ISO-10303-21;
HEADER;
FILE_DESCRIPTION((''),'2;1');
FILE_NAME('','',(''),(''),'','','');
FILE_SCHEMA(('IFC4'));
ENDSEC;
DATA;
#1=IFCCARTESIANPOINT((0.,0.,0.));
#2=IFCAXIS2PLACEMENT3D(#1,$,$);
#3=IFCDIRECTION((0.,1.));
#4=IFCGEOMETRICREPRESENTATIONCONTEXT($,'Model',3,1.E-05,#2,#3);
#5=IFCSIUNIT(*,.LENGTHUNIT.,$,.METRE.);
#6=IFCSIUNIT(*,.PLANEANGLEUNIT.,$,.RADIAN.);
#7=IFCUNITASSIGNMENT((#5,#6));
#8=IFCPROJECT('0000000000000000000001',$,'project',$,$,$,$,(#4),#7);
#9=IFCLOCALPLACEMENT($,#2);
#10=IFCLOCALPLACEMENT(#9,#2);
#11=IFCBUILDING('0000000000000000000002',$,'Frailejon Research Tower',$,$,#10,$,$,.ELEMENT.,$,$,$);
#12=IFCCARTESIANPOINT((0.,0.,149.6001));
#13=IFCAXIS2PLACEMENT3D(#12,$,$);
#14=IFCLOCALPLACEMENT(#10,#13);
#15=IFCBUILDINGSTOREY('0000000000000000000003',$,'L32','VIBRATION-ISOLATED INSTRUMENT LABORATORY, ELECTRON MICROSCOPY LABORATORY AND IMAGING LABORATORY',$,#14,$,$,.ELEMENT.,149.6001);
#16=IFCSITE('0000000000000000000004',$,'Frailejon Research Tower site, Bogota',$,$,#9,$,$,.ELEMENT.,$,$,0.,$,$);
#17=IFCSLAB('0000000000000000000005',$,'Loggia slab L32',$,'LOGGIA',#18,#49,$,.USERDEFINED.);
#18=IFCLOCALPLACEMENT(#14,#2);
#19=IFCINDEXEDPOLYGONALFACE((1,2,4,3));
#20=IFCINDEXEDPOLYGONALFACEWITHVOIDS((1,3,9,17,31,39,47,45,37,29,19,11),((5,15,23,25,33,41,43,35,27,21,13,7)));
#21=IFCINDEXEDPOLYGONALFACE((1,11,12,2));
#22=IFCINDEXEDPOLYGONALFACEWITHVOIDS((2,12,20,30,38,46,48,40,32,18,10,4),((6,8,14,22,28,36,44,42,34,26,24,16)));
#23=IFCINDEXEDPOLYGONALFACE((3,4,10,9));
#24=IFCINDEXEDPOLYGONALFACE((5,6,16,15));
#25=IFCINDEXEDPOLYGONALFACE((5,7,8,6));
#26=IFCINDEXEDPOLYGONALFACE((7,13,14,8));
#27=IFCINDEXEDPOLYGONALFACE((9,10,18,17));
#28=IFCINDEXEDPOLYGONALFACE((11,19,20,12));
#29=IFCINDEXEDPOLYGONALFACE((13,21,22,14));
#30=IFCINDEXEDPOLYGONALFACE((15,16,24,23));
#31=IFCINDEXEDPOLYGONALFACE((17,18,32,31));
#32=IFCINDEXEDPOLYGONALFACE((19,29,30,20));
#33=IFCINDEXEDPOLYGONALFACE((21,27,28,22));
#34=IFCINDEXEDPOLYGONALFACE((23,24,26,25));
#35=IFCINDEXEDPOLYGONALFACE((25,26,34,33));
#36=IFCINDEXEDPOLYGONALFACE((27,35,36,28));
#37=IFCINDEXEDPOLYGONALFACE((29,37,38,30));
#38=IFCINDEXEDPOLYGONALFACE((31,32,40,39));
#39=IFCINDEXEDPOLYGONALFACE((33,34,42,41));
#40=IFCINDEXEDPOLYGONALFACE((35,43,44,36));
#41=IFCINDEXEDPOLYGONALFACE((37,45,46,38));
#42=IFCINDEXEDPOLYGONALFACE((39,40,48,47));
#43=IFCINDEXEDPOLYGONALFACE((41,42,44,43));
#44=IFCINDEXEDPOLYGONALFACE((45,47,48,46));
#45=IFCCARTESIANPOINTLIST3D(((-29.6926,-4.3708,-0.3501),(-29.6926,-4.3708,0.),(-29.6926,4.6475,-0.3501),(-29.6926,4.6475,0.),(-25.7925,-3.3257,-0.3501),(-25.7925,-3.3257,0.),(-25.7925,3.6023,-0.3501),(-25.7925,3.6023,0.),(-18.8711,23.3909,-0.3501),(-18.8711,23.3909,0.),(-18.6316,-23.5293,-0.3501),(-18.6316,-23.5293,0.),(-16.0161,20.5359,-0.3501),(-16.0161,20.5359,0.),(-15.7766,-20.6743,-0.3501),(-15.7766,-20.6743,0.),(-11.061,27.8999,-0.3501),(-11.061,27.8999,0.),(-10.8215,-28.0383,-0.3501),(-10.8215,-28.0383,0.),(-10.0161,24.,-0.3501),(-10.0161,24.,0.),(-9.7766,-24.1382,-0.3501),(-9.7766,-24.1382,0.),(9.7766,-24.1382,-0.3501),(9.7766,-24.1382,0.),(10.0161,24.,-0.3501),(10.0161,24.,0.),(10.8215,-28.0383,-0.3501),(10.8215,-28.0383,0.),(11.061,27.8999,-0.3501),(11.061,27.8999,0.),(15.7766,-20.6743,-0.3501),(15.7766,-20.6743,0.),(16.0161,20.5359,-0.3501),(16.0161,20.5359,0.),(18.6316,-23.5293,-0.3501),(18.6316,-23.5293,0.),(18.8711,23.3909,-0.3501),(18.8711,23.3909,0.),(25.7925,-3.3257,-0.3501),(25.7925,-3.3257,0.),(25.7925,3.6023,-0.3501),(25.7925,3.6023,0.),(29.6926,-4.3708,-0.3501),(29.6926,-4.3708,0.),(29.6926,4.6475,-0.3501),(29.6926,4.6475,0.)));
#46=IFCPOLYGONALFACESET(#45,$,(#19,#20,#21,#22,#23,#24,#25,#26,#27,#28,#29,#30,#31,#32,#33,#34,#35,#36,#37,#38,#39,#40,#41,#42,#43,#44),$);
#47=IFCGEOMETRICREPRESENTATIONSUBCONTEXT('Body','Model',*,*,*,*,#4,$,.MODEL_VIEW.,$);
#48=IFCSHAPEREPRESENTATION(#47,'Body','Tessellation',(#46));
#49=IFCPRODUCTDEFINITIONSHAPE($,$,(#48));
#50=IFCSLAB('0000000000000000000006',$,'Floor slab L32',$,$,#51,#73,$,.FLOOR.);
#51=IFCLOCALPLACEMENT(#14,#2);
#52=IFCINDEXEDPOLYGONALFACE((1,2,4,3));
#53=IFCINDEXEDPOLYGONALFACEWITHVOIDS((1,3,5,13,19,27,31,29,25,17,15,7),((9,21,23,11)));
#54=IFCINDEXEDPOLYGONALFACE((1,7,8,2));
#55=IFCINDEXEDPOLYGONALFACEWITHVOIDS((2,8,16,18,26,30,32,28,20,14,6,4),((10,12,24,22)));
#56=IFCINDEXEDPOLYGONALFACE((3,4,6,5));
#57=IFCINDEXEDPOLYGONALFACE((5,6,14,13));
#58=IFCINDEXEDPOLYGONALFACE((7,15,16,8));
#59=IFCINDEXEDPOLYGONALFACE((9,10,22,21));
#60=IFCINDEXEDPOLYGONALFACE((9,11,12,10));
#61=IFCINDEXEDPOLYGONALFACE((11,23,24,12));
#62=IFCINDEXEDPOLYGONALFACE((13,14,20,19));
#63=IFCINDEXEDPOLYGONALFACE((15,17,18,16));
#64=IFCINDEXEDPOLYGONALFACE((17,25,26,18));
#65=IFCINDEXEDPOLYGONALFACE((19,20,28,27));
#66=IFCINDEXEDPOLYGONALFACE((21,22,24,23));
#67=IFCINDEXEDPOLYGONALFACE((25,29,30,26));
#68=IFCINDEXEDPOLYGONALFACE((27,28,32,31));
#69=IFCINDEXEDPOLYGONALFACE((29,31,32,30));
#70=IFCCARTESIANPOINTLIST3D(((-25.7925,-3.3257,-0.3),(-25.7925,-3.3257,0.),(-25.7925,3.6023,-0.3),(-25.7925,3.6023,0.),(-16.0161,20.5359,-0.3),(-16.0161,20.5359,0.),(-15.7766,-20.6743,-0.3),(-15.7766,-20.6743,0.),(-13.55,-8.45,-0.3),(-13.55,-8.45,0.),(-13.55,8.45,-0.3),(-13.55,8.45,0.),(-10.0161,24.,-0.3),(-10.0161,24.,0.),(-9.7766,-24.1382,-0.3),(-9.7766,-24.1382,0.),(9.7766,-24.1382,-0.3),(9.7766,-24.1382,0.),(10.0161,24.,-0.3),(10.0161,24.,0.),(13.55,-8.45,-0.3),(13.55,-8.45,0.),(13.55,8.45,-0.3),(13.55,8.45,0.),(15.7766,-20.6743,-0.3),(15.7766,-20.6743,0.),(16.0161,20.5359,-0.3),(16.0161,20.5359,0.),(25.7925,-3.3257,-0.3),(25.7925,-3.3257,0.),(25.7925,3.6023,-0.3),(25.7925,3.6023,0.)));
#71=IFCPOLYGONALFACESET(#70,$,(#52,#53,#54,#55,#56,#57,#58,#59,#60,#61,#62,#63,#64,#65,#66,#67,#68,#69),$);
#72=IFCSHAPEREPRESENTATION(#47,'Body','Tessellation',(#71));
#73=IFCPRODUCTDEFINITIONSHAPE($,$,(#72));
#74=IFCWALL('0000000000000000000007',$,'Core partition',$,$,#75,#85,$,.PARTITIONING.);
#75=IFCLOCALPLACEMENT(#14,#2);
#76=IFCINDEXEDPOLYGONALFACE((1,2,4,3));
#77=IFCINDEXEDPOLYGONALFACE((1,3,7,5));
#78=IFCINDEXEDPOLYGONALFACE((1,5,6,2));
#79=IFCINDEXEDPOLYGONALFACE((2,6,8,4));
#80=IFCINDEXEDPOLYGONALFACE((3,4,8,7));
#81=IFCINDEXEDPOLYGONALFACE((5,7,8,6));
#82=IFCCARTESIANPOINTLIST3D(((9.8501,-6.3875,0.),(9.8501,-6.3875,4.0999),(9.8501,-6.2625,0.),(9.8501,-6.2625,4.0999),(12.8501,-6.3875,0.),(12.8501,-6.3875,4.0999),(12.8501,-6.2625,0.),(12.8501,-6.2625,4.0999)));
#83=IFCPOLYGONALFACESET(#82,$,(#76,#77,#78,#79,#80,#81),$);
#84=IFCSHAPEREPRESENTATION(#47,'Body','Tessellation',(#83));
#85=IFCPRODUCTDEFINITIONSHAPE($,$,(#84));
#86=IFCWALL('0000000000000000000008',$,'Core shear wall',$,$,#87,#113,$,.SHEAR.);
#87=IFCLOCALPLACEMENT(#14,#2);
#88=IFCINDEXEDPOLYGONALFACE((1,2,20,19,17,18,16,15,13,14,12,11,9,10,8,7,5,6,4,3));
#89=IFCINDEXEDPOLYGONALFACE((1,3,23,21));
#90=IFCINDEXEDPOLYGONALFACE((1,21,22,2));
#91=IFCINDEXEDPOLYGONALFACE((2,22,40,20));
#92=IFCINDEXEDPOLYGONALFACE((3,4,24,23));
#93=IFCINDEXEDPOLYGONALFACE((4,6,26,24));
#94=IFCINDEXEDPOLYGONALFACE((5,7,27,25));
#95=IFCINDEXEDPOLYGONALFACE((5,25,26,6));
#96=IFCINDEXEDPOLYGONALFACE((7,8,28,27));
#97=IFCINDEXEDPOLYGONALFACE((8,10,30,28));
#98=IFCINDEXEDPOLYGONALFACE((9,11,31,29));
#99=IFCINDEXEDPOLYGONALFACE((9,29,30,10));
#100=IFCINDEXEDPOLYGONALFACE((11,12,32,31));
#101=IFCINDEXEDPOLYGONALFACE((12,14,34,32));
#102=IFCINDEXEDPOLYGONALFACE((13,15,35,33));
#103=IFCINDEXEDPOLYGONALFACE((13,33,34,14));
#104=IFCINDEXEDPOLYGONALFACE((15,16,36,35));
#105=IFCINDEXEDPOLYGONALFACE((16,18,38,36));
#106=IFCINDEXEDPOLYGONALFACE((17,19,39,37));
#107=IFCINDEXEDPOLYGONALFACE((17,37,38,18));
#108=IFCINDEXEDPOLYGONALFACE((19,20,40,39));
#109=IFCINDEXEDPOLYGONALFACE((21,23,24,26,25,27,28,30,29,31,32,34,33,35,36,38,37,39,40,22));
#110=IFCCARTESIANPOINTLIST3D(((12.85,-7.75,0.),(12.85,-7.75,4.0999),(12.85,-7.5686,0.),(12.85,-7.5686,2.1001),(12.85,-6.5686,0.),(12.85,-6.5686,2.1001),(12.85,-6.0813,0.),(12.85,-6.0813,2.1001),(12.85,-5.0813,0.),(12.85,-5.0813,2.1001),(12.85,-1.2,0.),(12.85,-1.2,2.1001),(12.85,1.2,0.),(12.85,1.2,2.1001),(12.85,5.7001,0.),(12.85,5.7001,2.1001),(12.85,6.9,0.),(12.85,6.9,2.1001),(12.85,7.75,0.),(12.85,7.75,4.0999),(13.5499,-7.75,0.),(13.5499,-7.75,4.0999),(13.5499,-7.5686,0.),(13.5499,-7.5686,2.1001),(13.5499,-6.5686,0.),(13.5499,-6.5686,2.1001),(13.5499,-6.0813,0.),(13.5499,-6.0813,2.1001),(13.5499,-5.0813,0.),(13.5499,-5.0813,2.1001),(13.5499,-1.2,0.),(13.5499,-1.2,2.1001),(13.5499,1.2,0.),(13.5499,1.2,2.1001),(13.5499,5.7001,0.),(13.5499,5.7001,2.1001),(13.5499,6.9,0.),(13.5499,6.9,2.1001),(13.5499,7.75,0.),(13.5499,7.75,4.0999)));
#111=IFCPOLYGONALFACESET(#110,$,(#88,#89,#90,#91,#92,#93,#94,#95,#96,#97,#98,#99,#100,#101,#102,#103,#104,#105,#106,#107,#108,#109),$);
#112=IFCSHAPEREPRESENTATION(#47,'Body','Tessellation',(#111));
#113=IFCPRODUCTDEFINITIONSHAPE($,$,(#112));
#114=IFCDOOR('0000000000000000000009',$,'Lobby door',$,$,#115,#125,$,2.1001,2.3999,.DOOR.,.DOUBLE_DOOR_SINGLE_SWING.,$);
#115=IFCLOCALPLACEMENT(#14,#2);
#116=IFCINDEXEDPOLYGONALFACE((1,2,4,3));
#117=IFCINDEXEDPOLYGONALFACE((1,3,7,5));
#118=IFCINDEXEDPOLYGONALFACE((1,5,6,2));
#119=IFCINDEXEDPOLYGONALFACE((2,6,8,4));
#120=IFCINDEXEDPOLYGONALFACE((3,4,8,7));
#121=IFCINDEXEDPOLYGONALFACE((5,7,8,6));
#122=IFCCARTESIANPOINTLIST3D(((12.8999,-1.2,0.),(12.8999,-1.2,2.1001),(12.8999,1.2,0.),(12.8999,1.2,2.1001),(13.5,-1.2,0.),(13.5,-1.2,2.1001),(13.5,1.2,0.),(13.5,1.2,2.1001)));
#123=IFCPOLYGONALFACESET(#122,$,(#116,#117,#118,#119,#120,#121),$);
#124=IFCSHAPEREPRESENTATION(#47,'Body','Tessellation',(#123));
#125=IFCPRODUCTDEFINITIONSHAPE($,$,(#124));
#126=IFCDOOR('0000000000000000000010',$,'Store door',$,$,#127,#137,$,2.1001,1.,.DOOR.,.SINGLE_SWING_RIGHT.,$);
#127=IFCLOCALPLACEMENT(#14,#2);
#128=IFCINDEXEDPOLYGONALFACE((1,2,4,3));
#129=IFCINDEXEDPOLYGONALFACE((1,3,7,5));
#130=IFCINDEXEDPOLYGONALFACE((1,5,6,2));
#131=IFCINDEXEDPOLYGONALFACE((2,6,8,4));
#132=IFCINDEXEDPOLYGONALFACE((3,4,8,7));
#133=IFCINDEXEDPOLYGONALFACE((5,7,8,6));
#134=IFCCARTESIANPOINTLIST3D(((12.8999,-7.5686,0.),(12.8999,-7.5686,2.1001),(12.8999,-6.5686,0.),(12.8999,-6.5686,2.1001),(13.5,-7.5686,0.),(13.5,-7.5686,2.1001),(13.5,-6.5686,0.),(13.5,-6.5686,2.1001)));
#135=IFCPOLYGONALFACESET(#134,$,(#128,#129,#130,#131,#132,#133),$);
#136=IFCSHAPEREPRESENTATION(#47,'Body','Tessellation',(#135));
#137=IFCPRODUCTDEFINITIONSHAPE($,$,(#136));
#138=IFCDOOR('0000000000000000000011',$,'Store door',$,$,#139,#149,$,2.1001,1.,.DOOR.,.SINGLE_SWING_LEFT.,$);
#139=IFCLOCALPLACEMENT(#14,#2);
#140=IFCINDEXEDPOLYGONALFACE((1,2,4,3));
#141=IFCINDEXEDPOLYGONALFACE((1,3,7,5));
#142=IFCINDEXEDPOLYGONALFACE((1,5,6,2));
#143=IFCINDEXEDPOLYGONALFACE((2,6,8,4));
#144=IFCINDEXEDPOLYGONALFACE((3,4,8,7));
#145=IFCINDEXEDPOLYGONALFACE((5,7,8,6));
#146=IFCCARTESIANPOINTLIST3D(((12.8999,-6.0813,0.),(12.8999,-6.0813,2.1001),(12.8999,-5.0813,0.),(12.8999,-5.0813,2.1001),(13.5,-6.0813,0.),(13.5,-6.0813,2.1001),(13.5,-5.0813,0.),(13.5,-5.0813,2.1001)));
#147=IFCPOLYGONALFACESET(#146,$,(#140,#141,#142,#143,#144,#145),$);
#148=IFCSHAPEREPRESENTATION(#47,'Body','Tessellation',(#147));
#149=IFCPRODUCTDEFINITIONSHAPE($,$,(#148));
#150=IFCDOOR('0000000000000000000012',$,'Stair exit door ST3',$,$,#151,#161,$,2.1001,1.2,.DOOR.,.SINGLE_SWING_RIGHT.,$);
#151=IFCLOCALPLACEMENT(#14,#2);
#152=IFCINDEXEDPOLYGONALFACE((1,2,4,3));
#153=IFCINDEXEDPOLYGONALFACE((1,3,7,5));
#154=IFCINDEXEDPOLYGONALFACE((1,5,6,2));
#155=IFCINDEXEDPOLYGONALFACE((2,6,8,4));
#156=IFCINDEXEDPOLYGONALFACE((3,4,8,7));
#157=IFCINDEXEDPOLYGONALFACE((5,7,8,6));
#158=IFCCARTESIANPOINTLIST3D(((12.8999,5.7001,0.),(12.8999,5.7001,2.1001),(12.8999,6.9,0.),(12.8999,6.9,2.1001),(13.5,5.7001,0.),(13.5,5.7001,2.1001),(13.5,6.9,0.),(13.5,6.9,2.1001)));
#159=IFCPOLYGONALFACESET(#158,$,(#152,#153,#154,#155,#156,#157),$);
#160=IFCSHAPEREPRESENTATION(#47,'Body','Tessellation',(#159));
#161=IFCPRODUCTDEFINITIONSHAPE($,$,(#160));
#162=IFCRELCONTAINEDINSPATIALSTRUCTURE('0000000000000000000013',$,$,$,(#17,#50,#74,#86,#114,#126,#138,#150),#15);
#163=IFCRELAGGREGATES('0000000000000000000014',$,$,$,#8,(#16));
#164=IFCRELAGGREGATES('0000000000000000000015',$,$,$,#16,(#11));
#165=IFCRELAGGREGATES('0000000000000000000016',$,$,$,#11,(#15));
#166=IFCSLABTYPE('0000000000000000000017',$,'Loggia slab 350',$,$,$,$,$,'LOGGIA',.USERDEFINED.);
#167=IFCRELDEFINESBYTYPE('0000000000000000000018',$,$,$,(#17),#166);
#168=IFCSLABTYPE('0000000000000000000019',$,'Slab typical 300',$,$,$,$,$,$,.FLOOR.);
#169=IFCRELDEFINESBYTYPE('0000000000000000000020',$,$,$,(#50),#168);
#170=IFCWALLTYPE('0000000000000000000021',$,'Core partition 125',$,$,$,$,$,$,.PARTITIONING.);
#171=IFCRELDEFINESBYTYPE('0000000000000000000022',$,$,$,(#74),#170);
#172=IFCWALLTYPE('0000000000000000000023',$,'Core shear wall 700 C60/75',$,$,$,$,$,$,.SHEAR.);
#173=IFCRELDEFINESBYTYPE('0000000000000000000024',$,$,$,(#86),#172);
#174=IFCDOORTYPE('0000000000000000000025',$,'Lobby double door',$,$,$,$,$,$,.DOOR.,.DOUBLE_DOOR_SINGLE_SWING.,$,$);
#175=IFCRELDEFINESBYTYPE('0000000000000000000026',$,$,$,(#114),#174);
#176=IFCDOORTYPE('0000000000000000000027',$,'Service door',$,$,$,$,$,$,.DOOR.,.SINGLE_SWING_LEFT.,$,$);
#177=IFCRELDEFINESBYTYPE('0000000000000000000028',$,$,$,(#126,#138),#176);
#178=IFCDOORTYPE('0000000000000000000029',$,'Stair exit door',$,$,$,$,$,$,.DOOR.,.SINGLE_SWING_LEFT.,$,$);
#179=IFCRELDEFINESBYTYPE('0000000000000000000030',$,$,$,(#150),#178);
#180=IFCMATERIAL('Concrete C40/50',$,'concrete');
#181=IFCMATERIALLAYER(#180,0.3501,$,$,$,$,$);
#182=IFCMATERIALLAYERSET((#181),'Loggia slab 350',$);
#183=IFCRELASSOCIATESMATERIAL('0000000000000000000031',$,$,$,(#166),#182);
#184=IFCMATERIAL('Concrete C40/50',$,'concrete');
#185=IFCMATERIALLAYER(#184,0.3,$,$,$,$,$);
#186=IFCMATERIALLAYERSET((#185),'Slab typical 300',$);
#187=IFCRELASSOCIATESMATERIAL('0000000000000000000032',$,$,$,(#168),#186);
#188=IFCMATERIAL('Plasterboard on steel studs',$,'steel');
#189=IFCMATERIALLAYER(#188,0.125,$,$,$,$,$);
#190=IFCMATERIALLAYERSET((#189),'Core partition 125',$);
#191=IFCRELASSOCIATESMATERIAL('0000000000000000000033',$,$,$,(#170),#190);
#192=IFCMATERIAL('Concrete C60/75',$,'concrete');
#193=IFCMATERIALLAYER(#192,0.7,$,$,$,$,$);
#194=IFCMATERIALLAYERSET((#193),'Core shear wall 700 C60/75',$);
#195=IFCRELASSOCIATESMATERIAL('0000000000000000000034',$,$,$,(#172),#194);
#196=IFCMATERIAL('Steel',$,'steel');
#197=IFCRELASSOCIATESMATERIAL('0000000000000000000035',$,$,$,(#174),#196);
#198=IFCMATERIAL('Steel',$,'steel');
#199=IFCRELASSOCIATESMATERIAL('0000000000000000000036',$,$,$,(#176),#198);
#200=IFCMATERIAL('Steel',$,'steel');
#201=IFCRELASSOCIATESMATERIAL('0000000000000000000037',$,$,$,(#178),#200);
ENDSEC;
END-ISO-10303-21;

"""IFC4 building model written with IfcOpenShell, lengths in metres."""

from ifc_helpers import new_model, si_unit, direction, frame, frame_2d, origin, place, context, subcontext, project, spatial, polyline, rectangle, outline, extrude, material, layer, layer_set, type_object, element, fill, save


model = new_model("IFC4")

# Units and contexts
model_context = context("Model", 3, precision=1e-05, world=origin(), true_north=direction((0.0, 1.0)))
body_context = subcontext(model_context, "Body", "Model", "MODEL_VIEW")
ifc_project = project(units=[si_unit("LENGTHUNIT", "METRE"), si_unit("PLANEANGLEUNIT", "RADIAN")], contexts=[model_context])

# Site, building, storey
site_placement = place(None, origin())
site = spatial("IfcSite", under=ifc_project, at=site_placement, Name="Frailejon Research Tower site, Bogota", CompositionType="ELEMENT", RefElevation=0.0)
building_placement = place(site_placement, origin())
building = spatial("IfcBuilding", under=site, at=building_placement, Name="Frailejon Research Tower", CompositionType="ELEMENT")
storey_placement = place(building_placement, frame((0.0, 0.0, 149.6001)))
storey = spatial("IfcBuildingStorey", under=building, at=storey_placement, Name="L32", Description="VIBRATION-ISOLATED INSTRUMENT LABORATORY, ELECTRON MICROSCOPY LABORATORY AND IMAGING LABORATORY", CompositionType="ELEMENT", Elevation=149.6001)

# Slabs
ifc_material_1 = material(Name="Concrete C40/50", Category="concrete")
ifc_layer_1 = layer(ifc_material_1, 0.3501)
ifc_layer_set_1 = layer_set([ifc_layer_1], Name="Loggia slab 350")
slab_type_1 = type_object("IfcSlabType", Name="Loggia slab 350", ElementType="LOGGIA", PredefinedType="USERDEFINED", material=ifc_layer_set_1)
slab_1_placement = place(storey_placement, frame((0.0, 0.0, -0.3501)))
element("IfcSlab", 1, at=slab_1_placement, inside=storey, type_object=slab_type_1, Name="Loggia slab L32", ObjectType="LOGGIA", PredefinedType="USERDEFINED", context=body_context, shape_type="SweptSolid", body=[
    extrude(outline(polyline([(18.6316, -23.5293), (10.8215, -28.0383), (-10.8215, -28.0383), (-18.6316, -23.5293), (-29.6926, -4.3708), (-29.6926, 4.6475), (-18.8711, 23.3909), (-11.061, 27.8999), (11.061, 27.8999), (18.8711, 23.3909), (29.6926, 4.6475), (29.6926, -4.3708), (18.6316, -23.5293)]), holes=[polyline([(25.7925, 3.6023), (16.0161, 20.5359), (10.0161, 24.0), (-10.0161, 24.0), (-16.0161, 20.5359), (-25.7925, 3.6023), (-25.7925, -3.3257), (-15.7766, -20.6743), (-9.7766, -24.1382), (9.7766, -24.1382), (15.7766, -20.6743), (25.7925, -3.3257), (25.7925, 3.6023)])]), origin(), (0.0, 0.0, 1.0), 0.3501),
])
ifc_material_2 = material(Name="Concrete C40/50", Category="concrete")
ifc_layer_2 = layer(ifc_material_2, 0.3)
ifc_layer_set_2 = layer_set([ifc_layer_2], Name="Slab typical 300")
slab_type_2 = type_object("IfcSlabType", Name="Slab typical 300", PredefinedType="FLOOR", material=ifc_layer_set_2)
slab_2_placement = place(storey_placement, frame((0.0, 0.0, -0.3)))
element("IfcSlab", 2, at=slab_2_placement, inside=storey, type_object=slab_type_2, Name="Floor slab L32", PredefinedType="FLOOR", context=body_context, shape_type="SweptSolid", body=[
    extrude(outline(polyline([(25.7925, -3.3257), (25.7925, 3.6023), (16.0161, 20.5359), (10.0161, 24.0), (-10.0161, 24.0), (-16.0161, 20.5359), (-25.7925, 3.6023), (-25.7925, -3.3257), (-15.7766, -20.6743), (-9.7766, -24.1382), (9.7766, -24.1382), (15.7766, -20.6743), (25.7925, -3.3257)]), holes=[polyline([(13.55, -8.45), (-13.55, -8.45), (-13.55, 8.45), (13.55, 8.45), (13.55, -8.45)])]), origin(), (0.0, 0.0, 1.0), 0.3),
])

# Wall
ifc_material_3 = material(Name="Plasterboard on steel studs", Category="steel")
ifc_layer_3 = layer(ifc_material_3, 0.125)
ifc_layer_set_3 = layer_set([ifc_layer_3], Name="Core partition 125")
wall_type_1 = type_object("IfcWallType", Name="Core partition 125", PredefinedType="PARTITIONING", material=ifc_layer_set_3)
wall_1_placement = place(storey_placement, frame((9.8501, -6.325, 0.0), z_axis=(0.0, 0.0, 1.0), x_axis=(1.0, 0.0, 0.0)))
element("IfcWall", 3, at=wall_1_placement, inside=storey, type_object=wall_type_1, Name="Core partition", PredefinedType="PARTITIONING", context=body_context, shape_type="SweptSolid", body=[
    extrude(rectangle(XDim=3.0, YDim=0.125, at=frame_2d((1.5, 0.0))), origin(), (0.0, 0.0, 1.0), 4.0999),
])

# Wall, openings, doors
ifc_material_4 = material(Name="Concrete C60/75", Category="concrete")
ifc_layer_4 = layer(ifc_material_4, 0.7)
ifc_layer_set_4 = layer_set([ifc_layer_4], Name="Core shear wall 700 C60/75")
wall_type_2 = type_object("IfcWallType", Name="Core shear wall 700 C60/75", PredefinedType="SHEAR", material=ifc_layer_set_4)
wall_2_placement = place(storey_placement, frame((13.2, -7.75, 0.0), z_axis=(0.0, 0.0, 1.0), x_axis=(0.0, 1.0, 0.0)))
wall_2 = element("IfcWall", 4, at=wall_2_placement, inside=storey, type_object=wall_type_2, Name="Core shear wall", PredefinedType="SHEAR", context=body_context, shape_type="SweptSolid", body=[
    extrude(rectangle(XDim=15.5, YDim=0.7, at=frame_2d((7.75, 0.0))), origin(), (0.0, 0.0, 1.0), 4.0999),
])
opening_1_placement = place(wall_2_placement, frame((6.55, 0.0, 0.0)))
opening_1 = element("IfcOpeningElement", 5, at=opening_1_placement, cuts=wall_2, PredefinedType="OPENING", context=body_context, shape_type="SweptSolid", body=[
    extrude(rectangle(XDim=2.3999, YDim=2.1001, at=frame_2d((1.2, 1.05))), frame((0.0, 0.3599, 0.0), z_axis=(0.0, -1.0, 0.0), x_axis=(1.0, 0.0, 0.0)), (0.0, 0.0, 1.0), 0.72),
])
opening_2_placement = place(wall_2_placement, frame((13.45, 0.0, 0.0)))
opening_2 = element("IfcOpeningElement", 6, at=opening_2_placement, cuts=wall_2, PredefinedType="OPENING", context=body_context, shape_type="SweptSolid", body=[
    extrude(rectangle(XDim=1.2, YDim=2.1001, at=frame_2d((0.6001, 1.05))), frame((0.0, 0.3599, 0.0), z_axis=(0.0, -1.0, 0.0), x_axis=(1.0, 0.0, 0.0)), (0.0, 0.0, 1.0), 0.72),
])
opening_3_placement = place(wall_2_placement, frame((0.1814, 0.0, 0.0)))
opening_3 = element("IfcOpeningElement", 7, at=opening_3_placement, cuts=wall_2, PredefinedType="OPENING", context=body_context, shape_type="SweptSolid", body=[
    extrude(rectangle(XDim=1.0, YDim=2.1001, at=frame_2d((0.5, 1.05))), frame((0.0, 0.3599, 0.0), z_axis=(0.0, -1.0, 0.0), x_axis=(1.0, 0.0, 0.0)), (0.0, 0.0, 1.0), 0.72),
])
opening_4_placement = place(wall_2_placement, frame((1.6687, 0.0, 0.0)))
opening_4 = element("IfcOpeningElement", 8, at=opening_4_placement, cuts=wall_2, PredefinedType="OPENING", context=body_context, shape_type="SweptSolid", body=[
    extrude(rectangle(XDim=1.0, YDim=2.1001, at=frame_2d((0.5, 1.05))), frame((0.0, 0.3599, 0.0), z_axis=(0.0, -1.0, 0.0), x_axis=(1.0, 0.0, 0.0)), (0.0, 0.0, 1.0), 0.72),
])
ifc_material_5 = material(Name="Steel", Category="steel")
door_type_1 = type_object("IfcDoorType", Name="Lobby double door", OperationType="DOUBLE_DOOR_SINGLE_SWING", PredefinedType="DOOR", material=ifc_material_5)
door_1_placement = place(opening_1_placement, origin())
door_1 = element("IfcDoor", 9, at=door_1_placement, inside=storey, type_object=door_type_1, Name="Lobby door", OperationType="DOUBLE_DOOR_SINGLE_SWING", OverallHeight=2.1001, OverallWidth=2.3999, PredefinedType="DOOR", context=body_context, shape_type="SweptSolid", body=[
    extrude(rectangle(XDim=2.3999, YDim=2.1001, at=frame_2d((1.2, 1.05))), frame((0.0, 0.3, 0.0), z_axis=(0.0, -1.0, 0.0), x_axis=(1.0, 0.0, 0.0)), (0.0, 0.0, 1.0), 0.6001),
])
fill(opening_1, door_1)
ifc_material_6 = material(Name="Steel", Category="steel")
door_type_2 = type_object("IfcDoorType", Name="Service door", OperationType="SINGLE_SWING_LEFT", PredefinedType="DOOR", material=ifc_material_6)
door_2_placement = place(opening_3_placement, origin())
door_2 = element("IfcDoor", 10, at=door_2_placement, inside=storey, type_object=door_type_2, Name="Store door", OperationType="SINGLE_SWING_RIGHT", OverallHeight=2.1001, OverallWidth=1.0, PredefinedType="DOOR", context=body_context, shape_type="SweptSolid", body=[
    extrude(rectangle(XDim=1.0, YDim=2.1001, at=frame_2d((0.5, 1.05))), frame((0.0, 0.3, 0.0), z_axis=(0.0, -1.0, 0.0), x_axis=(1.0, 0.0, 0.0)), (0.0, 0.0, 1.0), 0.6001),
])
fill(opening_3, door_2)
door_3_placement = place(opening_4_placement, origin())
door_3 = element("IfcDoor", 11, at=door_3_placement, inside=storey, type_object=door_type_2, Name="Store door", OperationType="SINGLE_SWING_LEFT", OverallHeight=2.1001, OverallWidth=1.0, PredefinedType="DOOR", context=body_context, shape_type="SweptSolid", body=[
    extrude(rectangle(XDim=1.0, YDim=2.1001, at=frame_2d((0.5, 1.05))), frame((0.0, 0.3, 0.0), z_axis=(0.0, -1.0, 0.0), x_axis=(1.0, 0.0, 0.0)), (0.0, 0.0, 1.0), 0.6001),
])
fill(opening_4, door_3)
ifc_material_7 = material(Name="Steel", Category="steel")
door_type_3 = type_object("IfcDoorType", Name="Stair exit door", OperationType="SINGLE_SWING_LEFT", PredefinedType="DOOR", material=ifc_material_7)
door_4_placement = place(opening_2_placement, origin())
door_4 = element("IfcDoor", 12, at=door_4_placement, inside=storey, type_object=door_type_3, Name="Stair exit door ST3", OperationType="SINGLE_SWING_RIGHT", OverallHeight=2.1001, OverallWidth=1.2, PredefinedType="DOOR", context=body_context, shape_type="SweptSolid", body=[
    extrude(rectangle(XDim=1.2, YDim=2.1001, at=frame_2d((0.6001, 1.05))), frame((0.0, 0.3, 0.0), z_axis=(0.0, -1.0, 0.0), x_axis=(1.0, 0.0, 0.0)), (0.0, 0.0, 1.0), 0.6001),
])
fill(opening_2, door_4)

save(model, "model.ifc")
